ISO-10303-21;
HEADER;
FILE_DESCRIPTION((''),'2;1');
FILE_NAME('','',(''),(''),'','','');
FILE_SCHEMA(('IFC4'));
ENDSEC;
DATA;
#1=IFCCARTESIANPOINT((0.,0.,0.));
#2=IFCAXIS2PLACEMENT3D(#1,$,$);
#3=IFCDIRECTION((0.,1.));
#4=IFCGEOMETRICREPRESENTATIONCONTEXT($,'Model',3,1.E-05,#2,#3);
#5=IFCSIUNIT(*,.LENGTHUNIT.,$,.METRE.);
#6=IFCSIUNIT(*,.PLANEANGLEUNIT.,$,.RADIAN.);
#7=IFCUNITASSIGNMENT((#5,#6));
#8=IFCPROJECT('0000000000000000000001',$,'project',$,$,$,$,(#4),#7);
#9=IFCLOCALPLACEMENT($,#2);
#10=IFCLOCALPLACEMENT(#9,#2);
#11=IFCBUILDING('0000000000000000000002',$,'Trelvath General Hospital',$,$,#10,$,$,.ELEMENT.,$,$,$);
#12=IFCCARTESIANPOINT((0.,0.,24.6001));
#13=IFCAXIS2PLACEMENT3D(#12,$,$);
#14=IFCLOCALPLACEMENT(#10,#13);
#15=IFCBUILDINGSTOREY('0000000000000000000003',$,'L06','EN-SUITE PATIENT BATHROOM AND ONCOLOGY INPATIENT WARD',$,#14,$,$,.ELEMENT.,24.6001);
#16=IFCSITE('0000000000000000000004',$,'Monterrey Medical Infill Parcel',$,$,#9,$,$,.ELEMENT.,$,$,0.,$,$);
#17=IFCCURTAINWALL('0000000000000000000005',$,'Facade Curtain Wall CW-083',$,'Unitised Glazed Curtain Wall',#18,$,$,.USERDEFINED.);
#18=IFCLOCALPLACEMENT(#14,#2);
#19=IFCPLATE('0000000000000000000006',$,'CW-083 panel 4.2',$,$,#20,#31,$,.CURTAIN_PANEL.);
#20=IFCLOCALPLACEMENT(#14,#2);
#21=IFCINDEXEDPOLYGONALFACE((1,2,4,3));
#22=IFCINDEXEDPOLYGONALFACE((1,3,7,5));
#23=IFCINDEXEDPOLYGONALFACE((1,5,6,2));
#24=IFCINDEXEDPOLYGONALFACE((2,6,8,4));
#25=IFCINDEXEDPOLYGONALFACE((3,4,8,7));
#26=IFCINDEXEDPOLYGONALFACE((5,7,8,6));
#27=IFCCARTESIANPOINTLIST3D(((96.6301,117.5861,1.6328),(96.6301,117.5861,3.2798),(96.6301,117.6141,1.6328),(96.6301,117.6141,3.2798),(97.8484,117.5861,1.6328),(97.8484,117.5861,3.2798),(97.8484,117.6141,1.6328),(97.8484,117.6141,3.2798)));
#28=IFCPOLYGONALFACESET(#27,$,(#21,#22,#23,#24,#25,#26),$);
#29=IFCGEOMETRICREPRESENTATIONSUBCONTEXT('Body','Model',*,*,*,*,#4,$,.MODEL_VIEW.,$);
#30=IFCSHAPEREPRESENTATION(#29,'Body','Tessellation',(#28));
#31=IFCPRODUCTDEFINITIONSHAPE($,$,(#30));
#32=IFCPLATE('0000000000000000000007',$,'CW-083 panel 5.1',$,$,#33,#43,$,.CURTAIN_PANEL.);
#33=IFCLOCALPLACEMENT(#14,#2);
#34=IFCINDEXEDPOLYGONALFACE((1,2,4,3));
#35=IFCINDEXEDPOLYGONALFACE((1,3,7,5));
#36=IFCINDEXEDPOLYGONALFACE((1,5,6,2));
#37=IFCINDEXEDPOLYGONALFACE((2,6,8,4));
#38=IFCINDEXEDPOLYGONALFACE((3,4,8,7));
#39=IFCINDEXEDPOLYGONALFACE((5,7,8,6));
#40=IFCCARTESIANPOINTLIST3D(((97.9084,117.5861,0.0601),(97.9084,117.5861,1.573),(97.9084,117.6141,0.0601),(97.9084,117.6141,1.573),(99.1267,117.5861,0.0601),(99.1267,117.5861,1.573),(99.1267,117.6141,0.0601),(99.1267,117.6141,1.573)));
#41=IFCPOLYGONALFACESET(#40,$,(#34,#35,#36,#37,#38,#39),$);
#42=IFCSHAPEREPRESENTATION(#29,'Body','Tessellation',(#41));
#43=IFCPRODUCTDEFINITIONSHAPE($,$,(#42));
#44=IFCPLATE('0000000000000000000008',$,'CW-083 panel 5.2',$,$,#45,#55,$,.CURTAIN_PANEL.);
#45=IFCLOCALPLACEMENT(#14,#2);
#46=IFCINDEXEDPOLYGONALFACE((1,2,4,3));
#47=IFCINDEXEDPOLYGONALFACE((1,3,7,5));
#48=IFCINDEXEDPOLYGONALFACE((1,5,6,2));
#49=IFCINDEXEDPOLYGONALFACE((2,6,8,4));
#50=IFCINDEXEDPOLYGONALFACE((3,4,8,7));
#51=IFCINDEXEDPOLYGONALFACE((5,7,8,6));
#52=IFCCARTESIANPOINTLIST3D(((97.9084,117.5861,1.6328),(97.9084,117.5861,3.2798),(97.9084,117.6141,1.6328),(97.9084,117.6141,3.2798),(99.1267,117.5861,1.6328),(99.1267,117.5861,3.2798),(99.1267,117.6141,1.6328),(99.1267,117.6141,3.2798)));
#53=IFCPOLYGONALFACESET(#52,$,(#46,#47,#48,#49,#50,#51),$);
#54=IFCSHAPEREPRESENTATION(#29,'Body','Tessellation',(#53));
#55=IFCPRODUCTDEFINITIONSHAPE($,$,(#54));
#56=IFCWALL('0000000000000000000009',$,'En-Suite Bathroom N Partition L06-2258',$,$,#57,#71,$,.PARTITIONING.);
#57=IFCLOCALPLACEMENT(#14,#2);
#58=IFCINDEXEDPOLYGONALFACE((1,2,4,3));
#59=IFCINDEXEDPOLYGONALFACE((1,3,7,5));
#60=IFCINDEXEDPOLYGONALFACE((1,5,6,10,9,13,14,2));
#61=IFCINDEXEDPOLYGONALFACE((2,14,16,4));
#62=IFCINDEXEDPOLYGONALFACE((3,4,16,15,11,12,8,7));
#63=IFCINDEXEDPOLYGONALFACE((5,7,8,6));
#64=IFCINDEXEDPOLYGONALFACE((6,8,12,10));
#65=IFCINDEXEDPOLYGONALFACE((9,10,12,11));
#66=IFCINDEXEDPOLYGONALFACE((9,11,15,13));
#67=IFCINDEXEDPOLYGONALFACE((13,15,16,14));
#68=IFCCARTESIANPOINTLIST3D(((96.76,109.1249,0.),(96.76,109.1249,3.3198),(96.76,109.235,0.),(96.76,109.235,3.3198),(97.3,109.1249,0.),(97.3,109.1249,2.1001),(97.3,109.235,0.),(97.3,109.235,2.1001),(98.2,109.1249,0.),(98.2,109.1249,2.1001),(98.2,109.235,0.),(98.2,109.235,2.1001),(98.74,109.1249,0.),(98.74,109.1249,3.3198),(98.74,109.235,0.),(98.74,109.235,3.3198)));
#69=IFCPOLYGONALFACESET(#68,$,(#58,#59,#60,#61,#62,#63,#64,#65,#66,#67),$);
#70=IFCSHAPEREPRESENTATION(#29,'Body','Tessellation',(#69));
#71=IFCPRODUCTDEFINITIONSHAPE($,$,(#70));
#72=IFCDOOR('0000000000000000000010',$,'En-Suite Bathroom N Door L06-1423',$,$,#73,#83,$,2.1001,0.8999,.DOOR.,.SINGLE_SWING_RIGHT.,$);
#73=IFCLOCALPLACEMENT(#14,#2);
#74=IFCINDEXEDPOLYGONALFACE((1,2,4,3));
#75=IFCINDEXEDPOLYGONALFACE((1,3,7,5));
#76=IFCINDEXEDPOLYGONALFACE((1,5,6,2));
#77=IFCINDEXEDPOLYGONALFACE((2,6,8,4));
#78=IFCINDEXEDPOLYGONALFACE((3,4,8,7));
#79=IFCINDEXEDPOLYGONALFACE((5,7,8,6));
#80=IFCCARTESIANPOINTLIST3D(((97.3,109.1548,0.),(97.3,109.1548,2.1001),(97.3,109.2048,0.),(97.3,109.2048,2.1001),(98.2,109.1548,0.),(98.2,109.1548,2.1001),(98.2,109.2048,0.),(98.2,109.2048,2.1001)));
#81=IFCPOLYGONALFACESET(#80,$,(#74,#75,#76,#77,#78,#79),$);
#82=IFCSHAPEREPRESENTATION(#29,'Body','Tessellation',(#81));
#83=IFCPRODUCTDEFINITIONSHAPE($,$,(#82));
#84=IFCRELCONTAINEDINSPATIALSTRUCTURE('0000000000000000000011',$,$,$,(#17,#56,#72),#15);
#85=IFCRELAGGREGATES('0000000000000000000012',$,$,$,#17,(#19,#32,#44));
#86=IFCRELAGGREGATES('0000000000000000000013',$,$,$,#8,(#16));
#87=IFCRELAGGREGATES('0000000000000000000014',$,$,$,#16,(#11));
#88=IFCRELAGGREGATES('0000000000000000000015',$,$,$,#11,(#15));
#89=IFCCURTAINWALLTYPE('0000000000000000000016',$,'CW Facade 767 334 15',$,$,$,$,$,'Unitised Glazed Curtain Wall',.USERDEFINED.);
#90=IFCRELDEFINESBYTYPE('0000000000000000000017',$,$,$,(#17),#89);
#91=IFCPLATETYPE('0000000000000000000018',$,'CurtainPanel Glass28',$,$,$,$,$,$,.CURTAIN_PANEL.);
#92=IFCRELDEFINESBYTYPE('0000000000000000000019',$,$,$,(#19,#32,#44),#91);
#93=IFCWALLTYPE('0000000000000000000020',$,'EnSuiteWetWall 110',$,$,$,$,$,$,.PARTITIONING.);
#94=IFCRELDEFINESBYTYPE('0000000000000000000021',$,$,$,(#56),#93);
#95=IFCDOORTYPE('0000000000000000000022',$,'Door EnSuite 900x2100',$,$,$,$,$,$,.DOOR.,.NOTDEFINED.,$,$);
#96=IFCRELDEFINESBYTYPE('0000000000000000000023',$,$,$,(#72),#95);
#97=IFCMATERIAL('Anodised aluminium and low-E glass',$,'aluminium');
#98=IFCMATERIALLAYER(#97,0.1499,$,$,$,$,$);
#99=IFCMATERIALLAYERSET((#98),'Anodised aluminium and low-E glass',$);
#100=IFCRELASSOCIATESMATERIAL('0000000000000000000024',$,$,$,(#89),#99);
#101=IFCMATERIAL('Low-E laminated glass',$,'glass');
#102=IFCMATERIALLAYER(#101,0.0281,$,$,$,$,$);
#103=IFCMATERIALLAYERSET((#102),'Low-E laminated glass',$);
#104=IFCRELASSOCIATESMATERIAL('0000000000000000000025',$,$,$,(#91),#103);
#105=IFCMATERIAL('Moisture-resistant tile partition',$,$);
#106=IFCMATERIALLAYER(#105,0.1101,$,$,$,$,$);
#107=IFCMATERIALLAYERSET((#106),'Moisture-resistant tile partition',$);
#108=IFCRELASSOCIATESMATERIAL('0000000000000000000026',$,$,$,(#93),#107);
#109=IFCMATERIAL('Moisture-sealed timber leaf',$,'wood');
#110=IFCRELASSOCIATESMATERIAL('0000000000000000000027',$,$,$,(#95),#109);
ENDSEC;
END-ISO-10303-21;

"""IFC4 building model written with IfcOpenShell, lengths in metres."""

from ifc_helpers import new_model, si_unit, direction, frame, frame_2d, origin, origin_2d, place, context, subcontext, project, spatial, rectangle, extrude, material, layer, layer_set, type_object, element, fill, aggregate, save


model = new_model("IFC4")

# Units and contexts
model_context = context("Model", 3, precision=1e-05, world=origin(), true_north=direction((0.0, 1.0)))
body_context = subcontext(model_context, "Body", "Model", "MODEL_VIEW")
ifc_project = project(units=[si_unit("LENGTHUNIT", "METRE"), si_unit("PLANEANGLEUNIT", "RADIAN")], contexts=[model_context])

# Site, building, storey
site_placement = place(None, origin())
site = spatial("IfcSite", under=ifc_project, at=site_placement, Name="Monterrey Medical Infill Parcel", CompositionType="ELEMENT", RefElevation=0.0)
building_placement = place(site_placement, origin())
building = spatial("IfcBuilding", under=site, at=building_placement, Name="Trelvath General Hospital", CompositionType="ELEMENT")
storey_placement = place(building_placement, frame((0.0, 0.0, 24.6001)))
storey = spatial("IfcBuildingStorey", under=building, at=storey_placement, Name="L06", Description="EN-SUITE PATIENT BATHROOM AND ONCOLOGY INPATIENT WARD", CompositionType="ELEMENT", Elevation=24.6001)

# Curtain wall, plates
ifc_material_1 = material(Name="Anodised aluminium and low-E glass", Category="aluminium")
ifc_layer_1 = layer(ifc_material_1, 0.1499)
ifc_layer_set_1 = layer_set([ifc_layer_1], Name="Anodised aluminium and low-E glass")
curtain_wall_type = type_object("IfcCurtainWallType", Name="CW Facade 767 334 15", ElementType="Unitised Glazed Curtain Wall", PredefinedType="USERDEFINED", material=ifc_layer_set_1)
curtain_wall_placement = place(storey_placement, origin())
curtain_wall = element("IfcCurtainWall", 1, at=curtain_wall_placement, inside=storey, type_object=curtain_wall_type, Name="Facade Curtain Wall CW-083", ObjectType="Unitised Glazed Curtain Wall", PredefinedType="USERDEFINED")
ifc_material_2 = material(Name="Low-E laminated glass", Category="glass")
ifc_layer_2 = layer(ifc_material_2, 0.0281)
ifc_layer_set_2 = layer_set([ifc_layer_2], Name="Low-E laminated glass")
plate_type = type_object("IfcPlateType", Name="CurtainPanel Glass28", PredefinedType="CURTAIN_PANEL", material=ifc_layer_set_2)
plate_1_placement = place(storey_placement, frame((97.2393, 117.6001, 1.6328), z_axis=(0.0, 0.0, 1.0), x_axis=(1.0, 0.0, 0.0)))
plate_1 = element("IfcPlate", 2, at=plate_1_placement, type_object=plate_type, Name="CW-083 panel 4.2", PredefinedType="CURTAIN_PANEL", context=body_context, shape_type="SweptSolid", body=[
    extrude(rectangle(XDim=1.2183, YDim=0.0281, at=origin_2d()), origin(), (0.0, 0.0, 1.0), 1.647),
])
plate_2_placement = place(storey_placement, frame((98.5176, 117.6001, 0.0601), z_axis=(0.0, 0.0, 1.0), x_axis=(1.0, 0.0, 0.0)))
plate_2 = element("IfcPlate", 3, at=plate_2_placement, type_object=plate_type, Name="CW-083 panel 5.1", PredefinedType="CURTAIN_PANEL", context=body_context, shape_type="SweptSolid", body=[
    extrude(rectangle(XDim=1.2183, YDim=0.0281, at=origin_2d()), origin(), (0.0, 0.0, 1.0), 1.5129),
])
plate_3_placement = place(storey_placement, frame((98.5176, 117.6001, 1.6328), z_axis=(0.0, 0.0, 1.0), x_axis=(1.0, 0.0, 0.0)))
plate_3 = element("IfcPlate", 4, at=plate_3_placement, type_object=plate_type, Name="CW-083 panel 5.2", PredefinedType="CURTAIN_PANEL", context=body_context, shape_type="SweptSolid", body=[
    extrude(rectangle(XDim=1.2183, YDim=0.0281, at=origin_2d()), origin(), (0.0, 0.0, 1.0), 1.647),
])
aggregate(curtain_wall, [plate_1, plate_2, plate_3])

# Wall, opening, door
ifc_material_3 = material(Name="Moisture-resistant tile partition")
ifc_layer_3 = layer(ifc_material_3, 0.1101)
ifc_layer_set_3 = layer_set([ifc_layer_3], Name="Moisture-resistant tile partition")
wall_type = type_object("IfcWallType", Name="EnSuiteWetWall 110", PredefinedType="PARTITIONING", material=ifc_layer_set_3)
wall_placement = place(storey_placement, frame((96.76, 109.1799, 0.0), z_axis=(0.0, 0.0, 1.0), x_axis=(1.0, 0.0, 0.0)))
wall = element("IfcWall", 5, at=wall_placement, inside=storey, type_object=wall_type, Name="En-Suite Bathroom N Partition L06-2258", PredefinedType="PARTITIONING", context=body_context, shape_type="SweptSolid", body=[
    extrude(rectangle(XDim=1.98, YDim=0.1101, at=frame_2d((0.99, 0.0))), origin(), (0.0, 0.0, 1.0), 3.3198),
])
opening_placement = place(wall_placement, frame((0.54, 0.0, 0.0)))
opening = element("IfcOpeningElement", 6, at=opening_placement, cuts=wall, PredefinedType="OPENING", context=body_context, shape_type="SweptSolid", body=[
    extrude(rectangle(XDim=0.8999, YDim=2.1001, at=frame_2d((0.45, 1.05))), frame((0.0, 0.0649, 0.0), z_axis=(0.0, -1.0, 0.0), x_axis=(1.0, 0.0, 0.0)), (0.0, 0.0, 1.0), 0.1301),
])
ifc_material_4 = material(Name="Moisture-sealed timber leaf", Category="wood")
door_type = type_object("IfcDoorType", Name="Door EnSuite 900x2100", OperationType="NOTDEFINED", PredefinedType="DOOR", material=ifc_material_4)
door_placement = place(opening_placement, origin())
door = element("IfcDoor", 7, at=door_placement, inside=storey, type_object=door_type, Name="En-Suite Bathroom N Door L06-1423", OperationType="SINGLE_SWING_RIGHT", OverallHeight=2.1001, OverallWidth=0.8999, PredefinedType="DOOR", context=body_context, shape_type="SweptSolid", body=[
    extrude(rectangle(XDim=0.8999, YDim=2.1001, at=frame_2d((0.45, 1.05))), frame((0.0, 0.0249, 0.0), z_axis=(0.0, -1.0, 0.0), x_axis=(1.0, 0.0, 0.0)), (0.0, 0.0, 1.0), 0.05),
])
fill(opening, door)

save(model, "model.ifc")
